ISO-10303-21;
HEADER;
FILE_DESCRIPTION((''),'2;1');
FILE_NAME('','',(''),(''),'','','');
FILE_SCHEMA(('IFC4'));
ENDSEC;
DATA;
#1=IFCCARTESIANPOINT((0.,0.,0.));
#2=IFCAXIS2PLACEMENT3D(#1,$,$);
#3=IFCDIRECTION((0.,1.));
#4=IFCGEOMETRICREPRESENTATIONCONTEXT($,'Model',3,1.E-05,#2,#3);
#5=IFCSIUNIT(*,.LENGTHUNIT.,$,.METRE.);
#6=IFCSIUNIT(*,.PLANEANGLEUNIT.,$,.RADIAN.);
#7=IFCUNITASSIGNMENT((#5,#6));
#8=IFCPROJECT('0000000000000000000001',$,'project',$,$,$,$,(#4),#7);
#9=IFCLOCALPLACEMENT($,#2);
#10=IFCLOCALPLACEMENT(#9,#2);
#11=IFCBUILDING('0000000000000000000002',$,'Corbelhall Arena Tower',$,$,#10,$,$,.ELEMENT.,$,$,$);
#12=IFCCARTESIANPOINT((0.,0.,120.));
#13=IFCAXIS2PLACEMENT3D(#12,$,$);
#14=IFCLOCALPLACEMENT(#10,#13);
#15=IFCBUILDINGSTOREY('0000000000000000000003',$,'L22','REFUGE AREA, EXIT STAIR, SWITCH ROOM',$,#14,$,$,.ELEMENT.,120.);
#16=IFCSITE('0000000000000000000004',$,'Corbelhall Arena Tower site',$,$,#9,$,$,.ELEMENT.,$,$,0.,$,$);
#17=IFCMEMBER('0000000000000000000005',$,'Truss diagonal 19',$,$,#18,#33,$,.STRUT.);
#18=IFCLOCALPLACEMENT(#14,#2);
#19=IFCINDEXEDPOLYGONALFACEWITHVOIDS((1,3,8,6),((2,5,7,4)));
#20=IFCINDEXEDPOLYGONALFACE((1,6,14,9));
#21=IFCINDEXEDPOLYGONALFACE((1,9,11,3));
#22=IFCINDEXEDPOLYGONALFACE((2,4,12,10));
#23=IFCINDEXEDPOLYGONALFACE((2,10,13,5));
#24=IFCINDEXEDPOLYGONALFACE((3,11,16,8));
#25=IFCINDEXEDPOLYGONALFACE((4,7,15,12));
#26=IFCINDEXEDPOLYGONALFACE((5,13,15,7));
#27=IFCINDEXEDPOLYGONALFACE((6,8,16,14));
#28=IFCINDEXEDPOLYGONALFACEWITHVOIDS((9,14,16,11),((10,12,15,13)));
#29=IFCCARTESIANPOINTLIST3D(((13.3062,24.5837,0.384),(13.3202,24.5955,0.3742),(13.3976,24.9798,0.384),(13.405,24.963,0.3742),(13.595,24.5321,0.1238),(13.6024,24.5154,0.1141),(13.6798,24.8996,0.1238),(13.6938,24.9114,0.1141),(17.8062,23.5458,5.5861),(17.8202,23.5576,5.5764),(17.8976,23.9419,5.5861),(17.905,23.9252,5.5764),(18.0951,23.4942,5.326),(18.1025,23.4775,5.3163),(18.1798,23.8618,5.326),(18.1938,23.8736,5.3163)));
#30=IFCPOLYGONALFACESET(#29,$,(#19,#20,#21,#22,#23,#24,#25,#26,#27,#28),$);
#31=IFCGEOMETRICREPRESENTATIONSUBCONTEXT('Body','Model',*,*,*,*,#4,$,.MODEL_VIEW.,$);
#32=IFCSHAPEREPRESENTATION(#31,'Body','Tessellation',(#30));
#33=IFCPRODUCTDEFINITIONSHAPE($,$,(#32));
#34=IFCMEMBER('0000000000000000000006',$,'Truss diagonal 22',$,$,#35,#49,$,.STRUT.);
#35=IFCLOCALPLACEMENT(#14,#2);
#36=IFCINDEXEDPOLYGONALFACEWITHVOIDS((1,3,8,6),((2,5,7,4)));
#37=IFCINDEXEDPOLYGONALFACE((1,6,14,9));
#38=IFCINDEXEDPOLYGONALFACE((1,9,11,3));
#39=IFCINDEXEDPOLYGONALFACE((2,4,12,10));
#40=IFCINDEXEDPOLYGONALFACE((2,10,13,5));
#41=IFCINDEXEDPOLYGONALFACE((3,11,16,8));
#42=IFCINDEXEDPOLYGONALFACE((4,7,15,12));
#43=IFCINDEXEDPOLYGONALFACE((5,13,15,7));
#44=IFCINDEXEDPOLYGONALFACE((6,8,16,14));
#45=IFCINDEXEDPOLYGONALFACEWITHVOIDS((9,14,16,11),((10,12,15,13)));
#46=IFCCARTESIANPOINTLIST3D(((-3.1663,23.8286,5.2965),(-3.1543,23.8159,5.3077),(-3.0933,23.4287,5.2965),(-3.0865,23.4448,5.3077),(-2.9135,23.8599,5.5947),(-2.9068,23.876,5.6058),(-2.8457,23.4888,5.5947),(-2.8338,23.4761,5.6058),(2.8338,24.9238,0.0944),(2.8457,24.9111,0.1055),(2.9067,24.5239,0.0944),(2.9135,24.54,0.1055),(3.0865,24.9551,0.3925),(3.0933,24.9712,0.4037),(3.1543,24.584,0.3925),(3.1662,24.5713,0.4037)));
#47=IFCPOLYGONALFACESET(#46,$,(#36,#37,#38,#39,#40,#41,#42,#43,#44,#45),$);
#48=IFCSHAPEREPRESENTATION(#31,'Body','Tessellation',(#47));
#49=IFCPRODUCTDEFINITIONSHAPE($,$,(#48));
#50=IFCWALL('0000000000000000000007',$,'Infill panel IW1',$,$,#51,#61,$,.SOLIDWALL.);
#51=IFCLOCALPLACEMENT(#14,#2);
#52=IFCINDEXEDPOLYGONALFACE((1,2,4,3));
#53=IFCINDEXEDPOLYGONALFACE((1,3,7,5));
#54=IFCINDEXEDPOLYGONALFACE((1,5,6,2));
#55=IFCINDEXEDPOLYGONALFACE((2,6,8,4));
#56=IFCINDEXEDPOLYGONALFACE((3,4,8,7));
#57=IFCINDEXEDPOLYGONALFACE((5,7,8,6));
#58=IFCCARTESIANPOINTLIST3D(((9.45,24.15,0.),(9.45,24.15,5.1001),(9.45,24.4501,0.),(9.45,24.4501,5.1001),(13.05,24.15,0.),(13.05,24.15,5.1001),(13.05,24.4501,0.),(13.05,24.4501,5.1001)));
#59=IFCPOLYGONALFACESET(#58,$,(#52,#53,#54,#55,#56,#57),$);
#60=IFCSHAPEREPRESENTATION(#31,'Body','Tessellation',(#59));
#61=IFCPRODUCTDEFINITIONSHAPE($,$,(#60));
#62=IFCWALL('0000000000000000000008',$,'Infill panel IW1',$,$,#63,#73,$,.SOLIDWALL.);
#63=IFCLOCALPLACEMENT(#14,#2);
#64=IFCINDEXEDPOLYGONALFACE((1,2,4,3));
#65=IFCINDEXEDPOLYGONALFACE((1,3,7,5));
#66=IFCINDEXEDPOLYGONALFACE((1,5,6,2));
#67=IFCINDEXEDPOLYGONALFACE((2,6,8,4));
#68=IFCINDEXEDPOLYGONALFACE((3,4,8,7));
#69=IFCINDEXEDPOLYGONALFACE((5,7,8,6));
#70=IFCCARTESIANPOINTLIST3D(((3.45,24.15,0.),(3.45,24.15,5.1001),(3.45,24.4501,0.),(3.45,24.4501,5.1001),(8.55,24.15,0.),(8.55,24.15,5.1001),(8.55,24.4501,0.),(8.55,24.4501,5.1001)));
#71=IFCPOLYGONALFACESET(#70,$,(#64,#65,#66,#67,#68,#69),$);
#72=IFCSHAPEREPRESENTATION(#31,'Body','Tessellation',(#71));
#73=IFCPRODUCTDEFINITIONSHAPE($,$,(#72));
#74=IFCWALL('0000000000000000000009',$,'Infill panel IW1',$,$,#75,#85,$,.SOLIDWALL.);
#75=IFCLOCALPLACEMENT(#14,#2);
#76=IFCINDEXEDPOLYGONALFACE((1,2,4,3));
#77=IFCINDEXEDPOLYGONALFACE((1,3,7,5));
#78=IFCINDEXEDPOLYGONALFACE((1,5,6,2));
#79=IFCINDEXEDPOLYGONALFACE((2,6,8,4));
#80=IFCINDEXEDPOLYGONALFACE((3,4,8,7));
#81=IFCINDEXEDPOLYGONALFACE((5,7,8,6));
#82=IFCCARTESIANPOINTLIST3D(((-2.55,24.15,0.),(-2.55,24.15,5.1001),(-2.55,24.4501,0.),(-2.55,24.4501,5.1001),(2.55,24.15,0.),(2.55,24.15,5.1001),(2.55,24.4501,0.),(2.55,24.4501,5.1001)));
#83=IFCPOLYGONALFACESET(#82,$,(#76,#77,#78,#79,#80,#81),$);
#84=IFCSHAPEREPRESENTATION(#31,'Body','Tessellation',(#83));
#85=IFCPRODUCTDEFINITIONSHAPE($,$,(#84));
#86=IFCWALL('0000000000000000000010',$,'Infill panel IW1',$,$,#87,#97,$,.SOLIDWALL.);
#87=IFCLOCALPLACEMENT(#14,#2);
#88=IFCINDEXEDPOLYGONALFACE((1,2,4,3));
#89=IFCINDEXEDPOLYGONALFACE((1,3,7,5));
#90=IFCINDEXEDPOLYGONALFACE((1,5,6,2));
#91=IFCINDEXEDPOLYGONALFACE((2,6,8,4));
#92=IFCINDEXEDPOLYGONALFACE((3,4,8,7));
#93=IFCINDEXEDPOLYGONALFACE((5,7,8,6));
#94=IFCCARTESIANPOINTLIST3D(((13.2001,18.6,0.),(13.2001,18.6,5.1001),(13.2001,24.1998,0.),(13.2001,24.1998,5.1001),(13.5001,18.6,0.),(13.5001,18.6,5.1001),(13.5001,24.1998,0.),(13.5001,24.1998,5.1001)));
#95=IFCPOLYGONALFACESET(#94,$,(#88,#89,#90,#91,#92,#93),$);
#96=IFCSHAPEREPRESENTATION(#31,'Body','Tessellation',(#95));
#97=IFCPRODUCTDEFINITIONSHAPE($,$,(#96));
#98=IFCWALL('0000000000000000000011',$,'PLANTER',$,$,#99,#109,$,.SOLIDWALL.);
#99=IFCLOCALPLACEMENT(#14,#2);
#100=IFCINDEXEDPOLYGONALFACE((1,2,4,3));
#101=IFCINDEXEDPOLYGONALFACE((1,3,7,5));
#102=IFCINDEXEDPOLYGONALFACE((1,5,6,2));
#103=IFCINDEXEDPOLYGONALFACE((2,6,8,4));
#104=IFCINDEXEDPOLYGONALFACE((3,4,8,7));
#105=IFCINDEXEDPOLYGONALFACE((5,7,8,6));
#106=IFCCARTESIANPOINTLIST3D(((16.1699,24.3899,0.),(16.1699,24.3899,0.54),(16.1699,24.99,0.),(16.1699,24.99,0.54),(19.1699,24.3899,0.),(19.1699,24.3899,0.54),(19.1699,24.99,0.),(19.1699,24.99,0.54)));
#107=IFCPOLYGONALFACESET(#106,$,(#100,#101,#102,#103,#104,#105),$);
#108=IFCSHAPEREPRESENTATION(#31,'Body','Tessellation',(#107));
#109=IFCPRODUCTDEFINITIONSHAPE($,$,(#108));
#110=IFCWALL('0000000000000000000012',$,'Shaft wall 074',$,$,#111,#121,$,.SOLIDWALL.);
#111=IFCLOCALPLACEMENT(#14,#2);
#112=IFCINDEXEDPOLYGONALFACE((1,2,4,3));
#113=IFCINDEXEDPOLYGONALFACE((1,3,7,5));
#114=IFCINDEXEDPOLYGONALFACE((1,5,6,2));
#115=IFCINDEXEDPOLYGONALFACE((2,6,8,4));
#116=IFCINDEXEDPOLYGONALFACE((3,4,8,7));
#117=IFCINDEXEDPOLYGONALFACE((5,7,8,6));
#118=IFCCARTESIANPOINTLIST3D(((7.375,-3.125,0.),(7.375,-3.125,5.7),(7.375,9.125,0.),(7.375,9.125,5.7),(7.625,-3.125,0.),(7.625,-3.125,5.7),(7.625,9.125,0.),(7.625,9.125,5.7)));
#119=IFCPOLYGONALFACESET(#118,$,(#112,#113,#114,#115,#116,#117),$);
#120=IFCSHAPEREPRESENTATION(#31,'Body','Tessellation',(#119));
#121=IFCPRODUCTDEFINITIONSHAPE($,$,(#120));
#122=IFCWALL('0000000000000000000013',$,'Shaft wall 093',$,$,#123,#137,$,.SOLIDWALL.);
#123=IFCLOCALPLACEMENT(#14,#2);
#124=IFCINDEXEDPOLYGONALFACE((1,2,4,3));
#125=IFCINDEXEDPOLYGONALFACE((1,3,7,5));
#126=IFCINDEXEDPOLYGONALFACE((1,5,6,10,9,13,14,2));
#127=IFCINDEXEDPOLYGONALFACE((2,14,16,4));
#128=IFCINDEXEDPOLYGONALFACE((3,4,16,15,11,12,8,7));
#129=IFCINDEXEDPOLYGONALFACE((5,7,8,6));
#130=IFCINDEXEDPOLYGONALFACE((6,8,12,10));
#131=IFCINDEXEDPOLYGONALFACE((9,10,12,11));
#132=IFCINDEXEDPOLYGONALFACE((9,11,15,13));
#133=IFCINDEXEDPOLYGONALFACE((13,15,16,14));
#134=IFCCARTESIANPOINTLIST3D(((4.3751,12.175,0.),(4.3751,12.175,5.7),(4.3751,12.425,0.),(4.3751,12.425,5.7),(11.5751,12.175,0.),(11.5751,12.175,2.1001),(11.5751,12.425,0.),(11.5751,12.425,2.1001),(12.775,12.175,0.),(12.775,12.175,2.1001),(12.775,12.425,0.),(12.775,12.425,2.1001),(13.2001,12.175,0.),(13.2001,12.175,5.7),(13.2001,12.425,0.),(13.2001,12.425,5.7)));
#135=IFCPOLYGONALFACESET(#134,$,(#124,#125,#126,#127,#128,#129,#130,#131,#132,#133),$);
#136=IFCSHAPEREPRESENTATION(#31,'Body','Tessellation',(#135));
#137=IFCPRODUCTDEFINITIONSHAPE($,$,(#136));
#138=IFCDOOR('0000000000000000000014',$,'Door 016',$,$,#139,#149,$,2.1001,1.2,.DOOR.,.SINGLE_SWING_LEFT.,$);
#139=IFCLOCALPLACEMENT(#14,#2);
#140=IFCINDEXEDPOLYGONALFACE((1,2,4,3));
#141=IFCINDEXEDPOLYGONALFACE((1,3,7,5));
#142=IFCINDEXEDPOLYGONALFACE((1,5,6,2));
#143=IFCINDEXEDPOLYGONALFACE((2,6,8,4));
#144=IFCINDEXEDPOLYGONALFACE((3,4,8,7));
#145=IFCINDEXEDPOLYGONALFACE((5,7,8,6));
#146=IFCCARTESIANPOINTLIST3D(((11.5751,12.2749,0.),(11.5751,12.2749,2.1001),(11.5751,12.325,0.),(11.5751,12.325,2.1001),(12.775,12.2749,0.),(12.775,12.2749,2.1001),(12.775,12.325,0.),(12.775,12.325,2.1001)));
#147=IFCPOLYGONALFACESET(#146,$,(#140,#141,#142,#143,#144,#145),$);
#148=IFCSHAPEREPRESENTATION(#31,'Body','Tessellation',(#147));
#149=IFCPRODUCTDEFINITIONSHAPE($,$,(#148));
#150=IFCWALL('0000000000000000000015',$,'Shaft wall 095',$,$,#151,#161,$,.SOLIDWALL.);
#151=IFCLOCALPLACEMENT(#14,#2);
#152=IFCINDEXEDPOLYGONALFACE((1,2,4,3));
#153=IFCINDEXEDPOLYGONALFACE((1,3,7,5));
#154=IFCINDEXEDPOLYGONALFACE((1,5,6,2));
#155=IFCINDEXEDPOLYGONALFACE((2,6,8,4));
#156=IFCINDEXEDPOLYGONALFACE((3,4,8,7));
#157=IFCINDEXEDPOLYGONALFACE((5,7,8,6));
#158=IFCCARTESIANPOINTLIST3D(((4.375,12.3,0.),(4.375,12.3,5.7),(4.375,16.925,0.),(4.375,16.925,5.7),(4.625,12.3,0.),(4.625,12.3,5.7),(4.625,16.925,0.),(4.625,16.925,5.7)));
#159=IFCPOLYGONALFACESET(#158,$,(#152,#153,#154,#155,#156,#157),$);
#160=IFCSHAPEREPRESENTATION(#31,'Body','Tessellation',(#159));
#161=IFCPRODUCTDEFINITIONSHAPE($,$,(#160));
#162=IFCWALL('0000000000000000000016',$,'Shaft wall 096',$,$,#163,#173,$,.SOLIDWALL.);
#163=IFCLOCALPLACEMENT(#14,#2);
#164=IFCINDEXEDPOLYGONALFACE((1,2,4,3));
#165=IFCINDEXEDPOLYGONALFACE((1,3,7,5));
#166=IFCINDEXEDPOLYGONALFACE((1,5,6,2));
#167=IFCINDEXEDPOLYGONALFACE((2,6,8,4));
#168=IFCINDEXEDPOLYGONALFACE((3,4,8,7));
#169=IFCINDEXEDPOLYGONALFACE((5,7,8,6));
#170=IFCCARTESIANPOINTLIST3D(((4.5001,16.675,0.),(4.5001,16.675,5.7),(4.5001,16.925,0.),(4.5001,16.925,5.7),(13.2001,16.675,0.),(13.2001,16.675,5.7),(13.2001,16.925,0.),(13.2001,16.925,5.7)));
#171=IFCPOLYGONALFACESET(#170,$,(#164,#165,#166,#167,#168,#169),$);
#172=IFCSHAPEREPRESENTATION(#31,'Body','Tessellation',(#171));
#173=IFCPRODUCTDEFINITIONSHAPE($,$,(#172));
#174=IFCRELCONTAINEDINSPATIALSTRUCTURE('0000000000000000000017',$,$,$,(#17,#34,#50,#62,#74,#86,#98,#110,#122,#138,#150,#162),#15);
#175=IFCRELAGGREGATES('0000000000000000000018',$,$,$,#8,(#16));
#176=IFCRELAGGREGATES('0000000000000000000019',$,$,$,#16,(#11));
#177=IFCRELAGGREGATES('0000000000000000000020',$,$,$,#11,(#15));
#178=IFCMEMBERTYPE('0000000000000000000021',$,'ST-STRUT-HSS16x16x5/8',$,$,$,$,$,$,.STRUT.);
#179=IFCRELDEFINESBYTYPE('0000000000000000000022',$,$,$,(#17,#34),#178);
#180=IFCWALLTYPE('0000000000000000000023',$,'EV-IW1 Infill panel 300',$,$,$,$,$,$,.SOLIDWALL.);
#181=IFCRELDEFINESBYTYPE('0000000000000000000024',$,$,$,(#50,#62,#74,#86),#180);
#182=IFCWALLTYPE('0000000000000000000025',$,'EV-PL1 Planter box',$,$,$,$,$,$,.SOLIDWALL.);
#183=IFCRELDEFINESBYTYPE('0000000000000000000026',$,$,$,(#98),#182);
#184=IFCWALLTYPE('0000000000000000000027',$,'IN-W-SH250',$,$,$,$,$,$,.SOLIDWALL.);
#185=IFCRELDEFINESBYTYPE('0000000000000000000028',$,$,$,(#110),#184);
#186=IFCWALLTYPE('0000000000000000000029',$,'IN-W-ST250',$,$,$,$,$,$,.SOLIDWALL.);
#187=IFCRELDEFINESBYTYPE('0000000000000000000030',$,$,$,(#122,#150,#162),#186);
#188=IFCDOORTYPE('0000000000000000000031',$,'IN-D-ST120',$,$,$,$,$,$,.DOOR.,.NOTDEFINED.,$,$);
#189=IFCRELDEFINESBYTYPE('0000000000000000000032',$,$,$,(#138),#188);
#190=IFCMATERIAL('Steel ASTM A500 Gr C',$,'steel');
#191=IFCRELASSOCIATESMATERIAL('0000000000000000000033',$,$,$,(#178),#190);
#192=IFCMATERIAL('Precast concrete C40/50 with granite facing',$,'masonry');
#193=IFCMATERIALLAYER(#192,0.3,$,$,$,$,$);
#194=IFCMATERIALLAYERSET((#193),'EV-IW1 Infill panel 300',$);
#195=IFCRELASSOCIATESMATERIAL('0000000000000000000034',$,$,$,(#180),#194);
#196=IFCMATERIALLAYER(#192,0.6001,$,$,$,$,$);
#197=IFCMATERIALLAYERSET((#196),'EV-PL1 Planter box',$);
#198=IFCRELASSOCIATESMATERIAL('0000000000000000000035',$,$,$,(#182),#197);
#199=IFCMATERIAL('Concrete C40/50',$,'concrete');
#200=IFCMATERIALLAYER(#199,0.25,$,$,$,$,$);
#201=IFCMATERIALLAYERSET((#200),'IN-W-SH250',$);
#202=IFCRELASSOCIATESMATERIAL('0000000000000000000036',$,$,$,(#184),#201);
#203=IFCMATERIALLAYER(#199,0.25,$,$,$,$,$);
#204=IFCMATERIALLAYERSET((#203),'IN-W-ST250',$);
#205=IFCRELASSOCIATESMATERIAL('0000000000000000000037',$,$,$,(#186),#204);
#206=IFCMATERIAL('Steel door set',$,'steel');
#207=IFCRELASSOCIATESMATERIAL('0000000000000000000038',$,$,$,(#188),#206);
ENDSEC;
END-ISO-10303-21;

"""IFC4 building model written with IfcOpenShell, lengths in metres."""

from ifc_helpers import new_model, si_unit, direction, frame, frame_2d, origin, origin_2d, place, context, subcontext, project, spatial, rectangle, hollow_rectangle, extrude, material, layer, layer_set, material_profile, profile_set, type_object, element, fill, save


model = new_model("IFC4")

# Units and contexts
model_context = context("Model", 3, precision=1e-05, world=origin(), true_north=direction((0.0, 1.0)))
body_context = subcontext(model_context, "Body", "Model", "MODEL_VIEW")
ifc_project = project(units=[si_unit("LENGTHUNIT", "METRE"), si_unit("PLANEANGLEUNIT", "RADIAN")], contexts=[model_context])

# Site, building, storey
site_placement = place(None, origin())
site = spatial("IfcSite", under=ifc_project, at=site_placement, Name="Corbelhall Arena Tower site", CompositionType="ELEMENT", RefElevation=0.0)
building_placement = place(site_placement, origin())
building = spatial("IfcBuilding", under=site, at=building_placement, Name="Corbelhall Arena Tower", CompositionType="ELEMENT")
storey_placement = place(building_placement, frame((0.0, 0.0, 120.0)))
storey = spatial("IfcBuildingStorey", under=building, at=storey_placement, Name="L22", Description="REFUGE AREA, EXIT STAIR, SWITCH ROOM", CompositionType="ELEMENT", Elevation=120.0)

# Members
ifc_material_1 = material(Name="Steel ASTM A500 Gr C", Category="steel")
ifc_material_profile_1 = material_profile(ifc_material_1, hollow_rectangle(XDim=0.4065, YDim=0.4065, WallThickness=0.0146, at=origin_2d()))
ifc_profile_set_1 = profile_set([ifc_material_profile_1], Name="Steel ASTM A500 Gr C")
member_type_1 = type_object("IfcMemberType", Name="ST-STRUT-HSS16x16x5/8", PredefinedType="STRUT", material=ifc_profile_set_1)
member_1_placement = place(storey_placement, frame((13.5, 24.7476, 0.249), z_axis=(0.6469, -0.149196, 0.747838), x_axis=(0.224732, 0.974421, 0.0)))
element("IfcMember", 1, at=member_1_placement, inside=storey, type_object=member_type_1, Name="Truss diagonal 19", PredefinedType="STRUT", context=body_context, shape_type="SweptSolid", body=[
    extrude(hollow_rectangle(XDim=0.4065, YDim=0.4065, WallThickness=0.0146, at=origin_2d()), origin(), (0.0, 0.0, 1.0), 6.9563),
])
member_2_placement = place(storey_placement, frame((3.0, 24.7476, 0.249), z_axis=(-0.74847, -0.136623, 0.648942), x_axis=(0.179569, -0.983745, 0.0)))
element("IfcMember", 2, at=member_2_placement, inside=storey, type_object=member_type_1, Name="Truss diagonal 22", PredefinedType="STRUT", context=body_context, shape_type="SweptSolid", body=[
    extrude(hollow_rectangle(XDim=0.4065, YDim=0.4065, WallThickness=0.0146, at=origin_2d()), origin(), (0.0, 0.0, 1.0), 8.0164),
])

# Walls
ifc_material_2 = material(Name="Precast concrete C40/50 with granite facing", Category="masonry")
ifc_layer_1 = layer(ifc_material_2, 0.3)
ifc_layer_set_1 = layer_set([ifc_layer_1], Name="EV-IW1 Infill panel 300")
wall_type_1 = type_object("IfcWallType", Name="EV-IW1 Infill panel 300", PredefinedType="SOLIDWALL", material=ifc_layer_set_1)
wall_1_placement = place(storey_placement, frame((13.05, 24.3, 0.0), z_axis=(0.0, 0.0, 1.0), x_axis=(-1.0, 0.0, 0.0)))
element("IfcWall", 3, at=wall_1_placement, inside=storey, type_object=wall_type_1, Name="Infill panel IW1", PredefinedType="SOLIDWALL", context=body_context, shape_type="SweptSolid", body=[
    extrude(rectangle(XDim=3.6001, YDim=0.3, at=frame_2d((1.8, 0.0))), origin(), (0.0, 0.0, 1.0), 5.1001),
])
for number, where, z_axis, x_axis, name in (
    (4, (8.55, 24.3, 0.0), (0.0, 0.0, 1.0), (-1.0, 0.0, 0.0), "Infill panel IW1"),
    (5, (2.55, 24.3, 0.0), (0.0, 0.0, 1.0), (-1.0, 0.0, 0.0), "Infill panel IW1"),
):
    element("IfcWall", number, at=place(storey_placement, frame(where, z_axis=z_axis, x_axis=x_axis)), inside=storey, type_object=wall_type_1, Name=name, PredefinedType="SOLIDWALL", context=body_context, shape_type="SweptSolid", body=[
        extrude(rectangle(XDim=5.1001, YDim=0.3, at=frame_2d((2.55, 0.0))), origin(), (0.0, 0.0, 1.0), 5.1001),
    ])

# Walls
wall_2_placement = place(storey_placement, frame((13.3501, 18.6001, 0.0), z_axis=(0.0, 0.0, 1.0), x_axis=(0.0, 1.0, 0.0)))
element("IfcWall", 6, at=wall_2_placement, inside=storey, type_object=wall_type_1, Name="Infill panel IW1", PredefinedType="SOLIDWALL", context=body_context, shape_type="SweptSolid", body=[
    extrude(rectangle(XDim=5.5999, YDim=0.3, at=frame_2d((2.7998, 0.0))), origin(), (0.0, 0.0, 1.0), 5.1001),
])
ifc_layer_2 = layer(ifc_material_2, 0.6001)
ifc_layer_set_2 = layer_set([ifc_layer_2], Name="EV-PL1 Planter box")
wall_type_2 = type_object("IfcWallType", Name="EV-PL1 Planter box", PredefinedType="SOLIDWALL", material=ifc_layer_set_2)
wall_3_placement = place(storey_placement, frame((16.1699, 24.6899, 0.0), z_axis=(0.0, 0.0, 1.0), x_axis=(1.0, 0.0, 0.0)))
element("IfcWall", 7, at=wall_3_placement, inside=storey, type_object=wall_type_2, Name="PLANTER", PredefinedType="SOLIDWALL", context=body_context, shape_type="SweptSolid", body=[
    extrude(rectangle(XDim=3.0, YDim=0.6001, at=frame_2d((1.5, 0.0))), origin(), (0.0, 0.0, 1.0), 0.54),
])
ifc_material_3 = material(Name="Concrete C40/50", Category="concrete")
ifc_layer_3 = layer(ifc_material_3, 0.25)
ifc_layer_set_3 = layer_set([ifc_layer_3], Name="IN-W-SH250")
wall_type_3 = type_object("IfcWallType", Name="IN-W-SH250", PredefinedType="SOLIDWALL", material=ifc_layer_set_3)
wall_4_placement = place(storey_placement, frame((7.5, 9.125, 0.0), z_axis=(0.0, 0.0, 1.0), x_axis=(0.0, -1.0, 0.0)))
element("IfcWall", 8, at=wall_4_placement, inside=storey, type_object=wall_type_3, Name="Shaft wall 074", PredefinedType="SOLIDWALL", context=body_context, shape_type="SweptSolid", body=[
    extrude(rectangle(XDim=12.25, YDim=0.25, at=frame_2d((6.125, 0.0))), origin(), (0.0, 0.0, 1.0), 5.7),
])

# Wall, opening, door
ifc_layer_4 = layer(ifc_material_3, 0.25)
ifc_layer_set_4 = layer_set([ifc_layer_4], Name="IN-W-ST250")
wall_type_4 = type_object("IfcWallType", Name="IN-W-ST250", PredefinedType="SOLIDWALL", material=ifc_layer_set_4)
wall_5_placement = place(storey_placement, frame((4.375, 12.3, 0.0), z_axis=(0.0, 0.0, 1.0), x_axis=(1.0, 0.0, 0.0)))
wall_5 = element("IfcWall", 9, at=wall_5_placement, inside=storey, type_object=wall_type_4, Name="Shaft wall 093", PredefinedType="SOLIDWALL", context=body_context, shape_type="SweptSolid", body=[
    extrude(rectangle(XDim=8.825, YDim=0.25, at=frame_2d((4.4126, 0.0))), origin(), (0.0, 0.0, 1.0), 5.7),
])
opening_1_placement = place(wall_5_placement, frame((7.2, 0.0, 0.0)))
opening_1 = element("IfcOpeningElement", 10, at=opening_1_placement, cuts=wall_5, PredefinedType="OPENING", context=body_context, shape_type="SweptSolid", body=[
    extrude(rectangle(XDim=1.2, YDim=2.1001, at=frame_2d((0.6001, 1.05))), frame((0.0, 0.125, 0.0), z_axis=(0.0, -1.0, 0.0), x_axis=(1.0, 0.0, 0.0)), (0.0, 0.0, 1.0), 0.25),
])
ifc_material_4 = material(Name="Steel door set", Category="steel")
door_type_1 = type_object("IfcDoorType", Name="IN-D-ST120", OperationType="NOTDEFINED", PredefinedType="DOOR", material=ifc_material_4)
door_1_placement = place(opening_1_placement, origin())
door_1 = element("IfcDoor", 11, at=door_1_placement, inside=storey, type_object=door_type_1, Name="Door 016", OperationType="SINGLE_SWING_LEFT", OverallHeight=2.1001, OverallWidth=1.2, PredefinedType="DOOR", context=body_context, shape_type="SweptSolid", body=[
    extrude(rectangle(XDim=1.2, YDim=2.1001, at=frame_2d((0.6001, 1.05))), frame((0.0, 0.0249, 0.0), z_axis=(0.0, -1.0, 0.0), x_axis=(1.0, 0.0, 0.0)), (0.0, 0.0, 1.0), 0.05),
])
fill(opening_1, door_1)

# Walls
wall_6_placement = place(storey_placement, frame((4.5, 12.3, 0.0), z_axis=(0.0, 0.0, 1.0), x_axis=(0.0, 1.0, 0.0)))
element("IfcWall", 12, at=wall_6_placement, inside=storey, type_object=wall_type_4, Name="Shaft wall 095", PredefinedType="SOLIDWALL", context=body_context, shape_type="SweptSolid", body=[
    extrude(rectangle(XDim=4.625, YDim=0.25, at=frame_2d((2.3125, 0.0))), origin(), (0.0, 0.0, 1.0), 5.7),
])
wall_7_placement = place(storey_placement, frame((4.5, 16.8, 0.0), z_axis=(0.0, 0.0, 1.0), x_axis=(1.0, 0.0, 0.0)))
element("IfcWall", 13, at=wall_7_placement, inside=storey, type_object=wall_type_4, Name="Shaft wall 096", PredefinedType="SOLIDWALL", context=body_context, shape_type="SweptSolid", body=[
    extrude(rectangle(XDim=8.7, YDim=0.25, at=frame_2d((4.3501, 0.0))), origin(), (0.0, 0.0, 1.0), 5.7),
])

save(model, "model.ifc")
